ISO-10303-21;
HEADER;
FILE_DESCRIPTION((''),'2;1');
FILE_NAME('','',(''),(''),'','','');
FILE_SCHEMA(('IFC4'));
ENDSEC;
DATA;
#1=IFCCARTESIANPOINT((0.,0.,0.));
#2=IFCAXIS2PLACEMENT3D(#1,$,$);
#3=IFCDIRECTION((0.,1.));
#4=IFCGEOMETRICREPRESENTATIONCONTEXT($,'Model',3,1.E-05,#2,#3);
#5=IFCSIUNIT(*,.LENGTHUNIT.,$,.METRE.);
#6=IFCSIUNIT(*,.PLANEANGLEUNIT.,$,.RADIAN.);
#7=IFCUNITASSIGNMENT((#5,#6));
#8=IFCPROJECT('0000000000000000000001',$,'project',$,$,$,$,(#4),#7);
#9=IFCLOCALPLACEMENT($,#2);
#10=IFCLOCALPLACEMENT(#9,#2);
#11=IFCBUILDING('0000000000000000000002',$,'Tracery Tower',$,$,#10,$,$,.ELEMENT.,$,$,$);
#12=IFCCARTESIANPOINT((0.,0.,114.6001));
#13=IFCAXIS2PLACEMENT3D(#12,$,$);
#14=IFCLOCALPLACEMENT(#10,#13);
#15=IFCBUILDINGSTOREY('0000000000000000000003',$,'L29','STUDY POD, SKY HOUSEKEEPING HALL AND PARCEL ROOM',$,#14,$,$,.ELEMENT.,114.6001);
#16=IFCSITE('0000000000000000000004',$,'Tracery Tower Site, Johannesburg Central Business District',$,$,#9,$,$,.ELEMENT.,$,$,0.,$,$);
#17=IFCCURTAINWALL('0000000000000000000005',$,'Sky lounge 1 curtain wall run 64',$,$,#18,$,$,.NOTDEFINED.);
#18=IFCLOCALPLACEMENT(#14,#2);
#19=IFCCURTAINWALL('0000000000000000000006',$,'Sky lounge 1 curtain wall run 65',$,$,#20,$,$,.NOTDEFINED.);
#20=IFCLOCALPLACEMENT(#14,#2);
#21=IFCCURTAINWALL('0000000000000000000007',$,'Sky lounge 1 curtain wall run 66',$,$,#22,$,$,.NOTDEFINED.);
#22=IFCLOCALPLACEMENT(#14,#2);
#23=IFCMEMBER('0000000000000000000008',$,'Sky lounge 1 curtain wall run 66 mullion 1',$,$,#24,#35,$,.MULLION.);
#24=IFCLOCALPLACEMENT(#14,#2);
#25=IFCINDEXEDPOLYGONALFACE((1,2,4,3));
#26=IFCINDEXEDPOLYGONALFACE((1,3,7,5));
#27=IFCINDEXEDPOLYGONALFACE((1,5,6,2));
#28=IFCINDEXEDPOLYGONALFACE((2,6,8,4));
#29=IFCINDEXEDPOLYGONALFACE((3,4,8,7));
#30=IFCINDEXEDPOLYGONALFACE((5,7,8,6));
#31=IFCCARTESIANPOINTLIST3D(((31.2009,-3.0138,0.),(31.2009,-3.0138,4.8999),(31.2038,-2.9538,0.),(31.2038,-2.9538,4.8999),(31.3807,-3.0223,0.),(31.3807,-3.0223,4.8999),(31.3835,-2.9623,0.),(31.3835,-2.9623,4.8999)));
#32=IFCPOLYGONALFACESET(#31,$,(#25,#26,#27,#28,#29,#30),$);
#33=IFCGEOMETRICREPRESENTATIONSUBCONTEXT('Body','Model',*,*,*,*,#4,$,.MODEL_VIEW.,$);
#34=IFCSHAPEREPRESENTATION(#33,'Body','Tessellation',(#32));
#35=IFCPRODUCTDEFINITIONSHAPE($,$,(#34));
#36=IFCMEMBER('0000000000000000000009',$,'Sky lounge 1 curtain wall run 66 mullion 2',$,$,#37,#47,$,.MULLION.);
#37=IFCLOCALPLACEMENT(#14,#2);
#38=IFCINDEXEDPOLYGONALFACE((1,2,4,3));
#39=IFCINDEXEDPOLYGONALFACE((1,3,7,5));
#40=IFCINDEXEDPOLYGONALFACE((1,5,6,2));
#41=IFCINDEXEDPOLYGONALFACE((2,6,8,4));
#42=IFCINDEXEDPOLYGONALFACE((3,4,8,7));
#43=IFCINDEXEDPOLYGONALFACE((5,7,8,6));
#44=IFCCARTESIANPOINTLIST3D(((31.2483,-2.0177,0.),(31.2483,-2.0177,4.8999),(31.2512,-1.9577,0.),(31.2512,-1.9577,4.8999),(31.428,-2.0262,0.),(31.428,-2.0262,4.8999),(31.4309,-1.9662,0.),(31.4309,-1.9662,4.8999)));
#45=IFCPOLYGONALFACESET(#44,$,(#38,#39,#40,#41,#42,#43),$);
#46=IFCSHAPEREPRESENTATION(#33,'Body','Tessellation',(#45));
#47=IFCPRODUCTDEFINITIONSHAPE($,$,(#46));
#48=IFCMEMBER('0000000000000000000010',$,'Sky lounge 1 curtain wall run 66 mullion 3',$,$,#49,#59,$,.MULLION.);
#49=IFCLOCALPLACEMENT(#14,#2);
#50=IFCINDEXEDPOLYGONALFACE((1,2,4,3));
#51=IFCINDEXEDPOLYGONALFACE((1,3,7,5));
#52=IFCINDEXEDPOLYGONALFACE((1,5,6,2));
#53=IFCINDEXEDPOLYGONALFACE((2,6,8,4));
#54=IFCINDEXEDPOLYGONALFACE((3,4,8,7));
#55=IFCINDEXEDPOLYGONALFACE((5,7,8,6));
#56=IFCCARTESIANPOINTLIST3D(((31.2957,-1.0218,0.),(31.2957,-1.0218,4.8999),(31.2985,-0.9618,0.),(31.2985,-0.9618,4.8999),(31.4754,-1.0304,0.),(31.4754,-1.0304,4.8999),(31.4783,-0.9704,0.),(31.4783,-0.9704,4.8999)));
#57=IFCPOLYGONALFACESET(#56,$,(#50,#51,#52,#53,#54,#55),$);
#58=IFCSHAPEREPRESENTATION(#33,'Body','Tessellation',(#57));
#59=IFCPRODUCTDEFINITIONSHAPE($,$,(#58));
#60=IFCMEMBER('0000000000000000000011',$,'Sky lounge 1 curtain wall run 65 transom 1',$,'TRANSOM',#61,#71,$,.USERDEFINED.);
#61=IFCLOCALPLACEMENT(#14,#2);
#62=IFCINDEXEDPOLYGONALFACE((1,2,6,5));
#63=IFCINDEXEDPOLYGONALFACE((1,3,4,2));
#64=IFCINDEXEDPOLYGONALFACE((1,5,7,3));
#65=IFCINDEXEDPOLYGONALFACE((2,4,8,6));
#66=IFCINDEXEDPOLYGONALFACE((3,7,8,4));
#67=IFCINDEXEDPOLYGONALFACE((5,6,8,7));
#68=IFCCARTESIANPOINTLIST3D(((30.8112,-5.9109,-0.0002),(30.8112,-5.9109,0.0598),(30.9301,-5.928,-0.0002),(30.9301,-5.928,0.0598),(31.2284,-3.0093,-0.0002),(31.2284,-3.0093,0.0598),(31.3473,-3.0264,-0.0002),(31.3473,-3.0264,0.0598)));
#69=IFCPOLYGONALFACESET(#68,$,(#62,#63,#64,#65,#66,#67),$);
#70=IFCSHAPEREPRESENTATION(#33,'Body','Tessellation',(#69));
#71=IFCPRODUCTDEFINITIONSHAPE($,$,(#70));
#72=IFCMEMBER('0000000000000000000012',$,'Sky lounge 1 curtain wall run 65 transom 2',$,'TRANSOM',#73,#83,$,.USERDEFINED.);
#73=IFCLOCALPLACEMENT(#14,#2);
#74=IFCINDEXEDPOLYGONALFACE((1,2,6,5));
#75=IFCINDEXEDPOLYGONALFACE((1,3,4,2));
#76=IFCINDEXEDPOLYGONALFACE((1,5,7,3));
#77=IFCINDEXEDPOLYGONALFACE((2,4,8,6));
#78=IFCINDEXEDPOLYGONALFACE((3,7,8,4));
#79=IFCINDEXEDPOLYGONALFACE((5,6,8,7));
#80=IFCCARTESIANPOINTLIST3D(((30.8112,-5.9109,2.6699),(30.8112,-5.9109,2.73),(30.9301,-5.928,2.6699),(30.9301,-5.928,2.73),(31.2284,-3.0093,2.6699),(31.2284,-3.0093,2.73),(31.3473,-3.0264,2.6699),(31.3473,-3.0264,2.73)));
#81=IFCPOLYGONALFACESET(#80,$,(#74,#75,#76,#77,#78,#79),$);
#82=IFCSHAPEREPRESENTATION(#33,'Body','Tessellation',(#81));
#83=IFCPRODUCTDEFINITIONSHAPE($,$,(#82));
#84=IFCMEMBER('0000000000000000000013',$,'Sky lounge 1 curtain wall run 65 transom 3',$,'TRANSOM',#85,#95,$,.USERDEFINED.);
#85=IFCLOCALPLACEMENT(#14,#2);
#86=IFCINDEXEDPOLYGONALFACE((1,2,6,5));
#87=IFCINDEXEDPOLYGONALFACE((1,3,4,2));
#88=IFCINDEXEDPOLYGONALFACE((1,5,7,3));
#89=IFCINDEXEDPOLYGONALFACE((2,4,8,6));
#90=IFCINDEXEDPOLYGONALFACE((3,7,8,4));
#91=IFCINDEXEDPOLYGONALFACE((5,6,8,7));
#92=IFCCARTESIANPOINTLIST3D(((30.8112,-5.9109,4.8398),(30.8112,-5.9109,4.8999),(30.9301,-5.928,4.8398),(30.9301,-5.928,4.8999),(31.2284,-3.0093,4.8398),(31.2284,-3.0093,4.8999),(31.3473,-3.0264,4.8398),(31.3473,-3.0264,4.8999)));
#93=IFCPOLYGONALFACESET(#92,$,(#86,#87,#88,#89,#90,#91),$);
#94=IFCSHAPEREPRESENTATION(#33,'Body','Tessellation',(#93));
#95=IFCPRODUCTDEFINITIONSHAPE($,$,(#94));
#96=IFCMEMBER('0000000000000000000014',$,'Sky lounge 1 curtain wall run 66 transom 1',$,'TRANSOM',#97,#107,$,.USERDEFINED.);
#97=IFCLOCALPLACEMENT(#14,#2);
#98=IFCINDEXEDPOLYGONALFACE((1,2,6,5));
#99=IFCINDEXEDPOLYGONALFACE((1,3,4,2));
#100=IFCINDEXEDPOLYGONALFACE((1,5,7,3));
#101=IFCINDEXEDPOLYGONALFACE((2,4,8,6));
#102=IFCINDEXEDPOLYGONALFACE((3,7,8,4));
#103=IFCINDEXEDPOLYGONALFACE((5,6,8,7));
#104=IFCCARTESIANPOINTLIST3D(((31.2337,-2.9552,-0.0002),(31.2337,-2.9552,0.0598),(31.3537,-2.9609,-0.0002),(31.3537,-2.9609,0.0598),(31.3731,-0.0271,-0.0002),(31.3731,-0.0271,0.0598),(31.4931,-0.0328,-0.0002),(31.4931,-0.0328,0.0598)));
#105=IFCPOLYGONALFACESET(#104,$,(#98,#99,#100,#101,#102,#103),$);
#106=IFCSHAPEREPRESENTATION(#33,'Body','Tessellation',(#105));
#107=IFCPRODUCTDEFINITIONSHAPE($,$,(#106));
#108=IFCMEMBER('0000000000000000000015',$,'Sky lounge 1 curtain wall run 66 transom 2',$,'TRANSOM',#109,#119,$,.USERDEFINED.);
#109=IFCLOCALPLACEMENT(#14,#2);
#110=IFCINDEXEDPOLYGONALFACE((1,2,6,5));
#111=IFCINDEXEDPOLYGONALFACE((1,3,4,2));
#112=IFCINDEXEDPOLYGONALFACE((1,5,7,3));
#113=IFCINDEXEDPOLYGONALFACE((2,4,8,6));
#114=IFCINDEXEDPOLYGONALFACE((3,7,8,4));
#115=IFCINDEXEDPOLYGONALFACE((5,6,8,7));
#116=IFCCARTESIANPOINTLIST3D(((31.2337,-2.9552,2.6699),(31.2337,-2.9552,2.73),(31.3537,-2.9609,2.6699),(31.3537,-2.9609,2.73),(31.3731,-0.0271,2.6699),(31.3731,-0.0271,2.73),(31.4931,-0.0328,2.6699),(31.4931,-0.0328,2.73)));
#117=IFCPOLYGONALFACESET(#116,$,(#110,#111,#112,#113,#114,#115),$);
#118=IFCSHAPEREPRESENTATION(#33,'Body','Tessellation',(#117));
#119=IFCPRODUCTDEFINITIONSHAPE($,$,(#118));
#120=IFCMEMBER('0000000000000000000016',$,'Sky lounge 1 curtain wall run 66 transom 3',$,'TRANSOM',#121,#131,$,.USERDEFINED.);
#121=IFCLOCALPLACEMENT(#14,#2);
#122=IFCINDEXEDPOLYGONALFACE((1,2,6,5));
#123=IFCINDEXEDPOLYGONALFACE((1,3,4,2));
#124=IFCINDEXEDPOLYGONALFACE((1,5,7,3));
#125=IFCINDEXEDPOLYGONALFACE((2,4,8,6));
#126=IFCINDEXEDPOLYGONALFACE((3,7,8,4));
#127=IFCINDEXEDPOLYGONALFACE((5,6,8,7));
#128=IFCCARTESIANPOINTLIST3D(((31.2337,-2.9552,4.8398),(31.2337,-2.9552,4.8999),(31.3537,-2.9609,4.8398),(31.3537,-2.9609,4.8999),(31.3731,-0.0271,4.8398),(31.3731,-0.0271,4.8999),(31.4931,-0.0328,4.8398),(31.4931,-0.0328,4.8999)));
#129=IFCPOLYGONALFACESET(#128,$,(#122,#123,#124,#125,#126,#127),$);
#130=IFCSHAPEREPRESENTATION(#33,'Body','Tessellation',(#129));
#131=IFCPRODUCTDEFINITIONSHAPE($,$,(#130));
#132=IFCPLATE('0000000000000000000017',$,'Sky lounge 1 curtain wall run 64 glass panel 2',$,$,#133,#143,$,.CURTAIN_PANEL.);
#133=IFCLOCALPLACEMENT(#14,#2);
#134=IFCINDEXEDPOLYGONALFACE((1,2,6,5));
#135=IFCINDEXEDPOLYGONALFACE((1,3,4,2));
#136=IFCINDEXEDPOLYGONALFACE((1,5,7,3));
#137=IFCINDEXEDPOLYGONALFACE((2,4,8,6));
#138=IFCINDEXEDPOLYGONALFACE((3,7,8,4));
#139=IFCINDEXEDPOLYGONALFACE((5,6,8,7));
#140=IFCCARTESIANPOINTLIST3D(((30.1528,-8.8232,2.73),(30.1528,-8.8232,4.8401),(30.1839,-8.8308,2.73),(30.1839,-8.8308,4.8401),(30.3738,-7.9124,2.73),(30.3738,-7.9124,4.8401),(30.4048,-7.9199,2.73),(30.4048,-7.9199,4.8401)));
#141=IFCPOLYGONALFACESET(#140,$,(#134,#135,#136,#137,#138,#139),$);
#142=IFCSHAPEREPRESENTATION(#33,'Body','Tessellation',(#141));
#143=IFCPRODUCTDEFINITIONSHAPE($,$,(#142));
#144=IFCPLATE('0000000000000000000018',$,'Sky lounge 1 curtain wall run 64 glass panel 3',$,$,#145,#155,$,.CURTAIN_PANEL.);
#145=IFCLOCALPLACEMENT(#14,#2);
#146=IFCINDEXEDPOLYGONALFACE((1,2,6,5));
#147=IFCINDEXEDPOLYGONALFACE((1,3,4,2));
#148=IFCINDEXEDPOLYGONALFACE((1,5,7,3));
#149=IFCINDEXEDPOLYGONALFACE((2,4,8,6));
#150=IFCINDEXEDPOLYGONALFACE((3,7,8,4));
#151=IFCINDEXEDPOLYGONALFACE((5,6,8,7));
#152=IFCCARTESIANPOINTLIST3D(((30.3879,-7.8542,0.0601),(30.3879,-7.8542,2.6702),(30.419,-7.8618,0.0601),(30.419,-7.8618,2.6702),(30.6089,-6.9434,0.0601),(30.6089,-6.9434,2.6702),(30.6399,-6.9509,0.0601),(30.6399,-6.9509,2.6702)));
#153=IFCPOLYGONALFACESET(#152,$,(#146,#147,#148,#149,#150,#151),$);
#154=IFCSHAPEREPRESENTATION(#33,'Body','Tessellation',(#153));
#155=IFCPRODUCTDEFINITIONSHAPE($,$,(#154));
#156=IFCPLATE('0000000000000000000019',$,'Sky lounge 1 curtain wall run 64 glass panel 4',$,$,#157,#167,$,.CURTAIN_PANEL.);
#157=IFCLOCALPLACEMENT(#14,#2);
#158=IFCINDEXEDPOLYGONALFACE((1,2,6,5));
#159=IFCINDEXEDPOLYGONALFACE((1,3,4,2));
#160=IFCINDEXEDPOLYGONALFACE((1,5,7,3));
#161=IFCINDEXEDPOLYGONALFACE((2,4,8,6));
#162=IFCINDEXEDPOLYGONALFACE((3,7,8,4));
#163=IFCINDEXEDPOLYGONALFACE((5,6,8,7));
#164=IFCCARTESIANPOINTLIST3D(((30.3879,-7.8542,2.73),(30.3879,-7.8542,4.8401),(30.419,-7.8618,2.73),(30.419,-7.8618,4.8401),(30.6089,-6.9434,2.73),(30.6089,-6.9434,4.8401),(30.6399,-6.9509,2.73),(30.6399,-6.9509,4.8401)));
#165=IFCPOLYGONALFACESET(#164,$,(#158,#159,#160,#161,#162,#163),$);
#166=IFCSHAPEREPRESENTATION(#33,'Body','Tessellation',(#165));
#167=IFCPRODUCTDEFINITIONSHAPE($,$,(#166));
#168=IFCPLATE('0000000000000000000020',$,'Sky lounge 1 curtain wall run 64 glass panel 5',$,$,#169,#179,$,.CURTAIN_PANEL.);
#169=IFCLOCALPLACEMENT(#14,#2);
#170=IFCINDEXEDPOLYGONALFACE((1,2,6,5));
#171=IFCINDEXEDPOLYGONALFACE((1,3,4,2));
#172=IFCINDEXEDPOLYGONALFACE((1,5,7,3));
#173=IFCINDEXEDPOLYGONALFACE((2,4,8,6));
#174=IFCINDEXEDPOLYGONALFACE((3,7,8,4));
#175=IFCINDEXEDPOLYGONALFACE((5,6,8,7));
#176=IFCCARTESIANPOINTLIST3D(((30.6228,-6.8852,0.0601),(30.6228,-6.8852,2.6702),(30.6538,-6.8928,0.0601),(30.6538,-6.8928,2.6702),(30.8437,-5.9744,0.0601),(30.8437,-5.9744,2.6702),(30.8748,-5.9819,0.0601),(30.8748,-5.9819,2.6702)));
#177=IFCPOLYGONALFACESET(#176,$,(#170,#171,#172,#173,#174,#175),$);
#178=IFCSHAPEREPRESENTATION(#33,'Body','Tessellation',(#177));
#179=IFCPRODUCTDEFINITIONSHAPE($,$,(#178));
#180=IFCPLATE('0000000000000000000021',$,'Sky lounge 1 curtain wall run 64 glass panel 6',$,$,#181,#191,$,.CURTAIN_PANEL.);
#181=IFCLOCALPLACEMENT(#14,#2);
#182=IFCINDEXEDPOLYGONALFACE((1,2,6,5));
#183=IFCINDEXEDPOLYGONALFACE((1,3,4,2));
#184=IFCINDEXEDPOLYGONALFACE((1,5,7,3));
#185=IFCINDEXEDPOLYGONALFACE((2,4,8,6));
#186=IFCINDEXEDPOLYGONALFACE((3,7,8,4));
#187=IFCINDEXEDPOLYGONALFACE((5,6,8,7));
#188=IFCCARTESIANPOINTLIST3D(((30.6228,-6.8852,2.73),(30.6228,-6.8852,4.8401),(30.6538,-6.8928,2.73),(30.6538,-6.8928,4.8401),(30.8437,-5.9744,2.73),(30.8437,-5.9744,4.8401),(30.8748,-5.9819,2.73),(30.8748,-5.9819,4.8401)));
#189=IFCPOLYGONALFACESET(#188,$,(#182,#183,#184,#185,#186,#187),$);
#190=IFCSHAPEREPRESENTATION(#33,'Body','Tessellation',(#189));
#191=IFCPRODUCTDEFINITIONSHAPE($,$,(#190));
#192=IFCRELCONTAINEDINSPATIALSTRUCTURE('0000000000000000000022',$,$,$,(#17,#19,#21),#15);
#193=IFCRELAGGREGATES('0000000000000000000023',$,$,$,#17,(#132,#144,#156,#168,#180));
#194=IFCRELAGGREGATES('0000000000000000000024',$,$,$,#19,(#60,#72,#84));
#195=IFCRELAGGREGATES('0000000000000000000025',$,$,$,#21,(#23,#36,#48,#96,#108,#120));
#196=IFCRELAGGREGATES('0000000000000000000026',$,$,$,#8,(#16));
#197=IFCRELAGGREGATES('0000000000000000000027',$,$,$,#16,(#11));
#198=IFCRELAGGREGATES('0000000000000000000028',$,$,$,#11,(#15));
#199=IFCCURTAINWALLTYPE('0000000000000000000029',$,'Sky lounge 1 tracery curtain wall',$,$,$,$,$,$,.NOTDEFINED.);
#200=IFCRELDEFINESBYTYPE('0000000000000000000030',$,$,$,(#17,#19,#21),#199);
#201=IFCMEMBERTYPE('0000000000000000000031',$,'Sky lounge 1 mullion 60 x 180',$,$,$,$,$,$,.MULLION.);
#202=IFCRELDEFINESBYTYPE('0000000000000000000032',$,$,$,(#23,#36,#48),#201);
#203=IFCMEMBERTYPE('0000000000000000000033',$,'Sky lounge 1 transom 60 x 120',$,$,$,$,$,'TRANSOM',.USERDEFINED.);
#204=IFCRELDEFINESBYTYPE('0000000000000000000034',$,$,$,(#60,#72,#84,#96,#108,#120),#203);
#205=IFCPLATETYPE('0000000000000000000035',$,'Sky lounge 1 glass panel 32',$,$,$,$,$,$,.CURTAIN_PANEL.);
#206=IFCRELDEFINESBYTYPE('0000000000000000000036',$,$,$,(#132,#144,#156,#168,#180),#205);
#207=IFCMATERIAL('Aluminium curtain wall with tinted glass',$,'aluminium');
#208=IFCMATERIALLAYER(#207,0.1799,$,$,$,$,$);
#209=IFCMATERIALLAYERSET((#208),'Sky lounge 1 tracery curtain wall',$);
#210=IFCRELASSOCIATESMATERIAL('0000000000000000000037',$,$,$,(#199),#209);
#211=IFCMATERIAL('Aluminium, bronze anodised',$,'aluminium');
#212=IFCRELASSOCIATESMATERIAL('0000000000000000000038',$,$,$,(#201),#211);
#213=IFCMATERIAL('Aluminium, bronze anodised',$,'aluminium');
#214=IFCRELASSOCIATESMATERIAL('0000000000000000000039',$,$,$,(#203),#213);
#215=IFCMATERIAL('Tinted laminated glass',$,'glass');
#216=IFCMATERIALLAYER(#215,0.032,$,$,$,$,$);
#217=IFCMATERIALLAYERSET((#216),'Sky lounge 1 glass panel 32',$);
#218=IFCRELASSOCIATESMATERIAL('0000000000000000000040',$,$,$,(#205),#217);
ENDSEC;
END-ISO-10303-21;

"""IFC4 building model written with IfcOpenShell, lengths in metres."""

from ifc_helpers import new_model, si_unit, direction, frame, origin, origin_2d, place, context, subcontext, project, spatial, rectangle, extrude, material, layer, layer_set, material_profile, profile_set, type_object, element, aggregate, save


model = new_model("IFC4")

# Units and contexts
model_context = context("Model", 3, precision=1e-05, world=origin(), true_north=direction((0.0, 1.0)))
body_context = subcontext(model_context, "Body", "Model", "MODEL_VIEW")
ifc_project = project(units=[si_unit("LENGTHUNIT", "METRE"), si_unit("PLANEANGLEUNIT", "RADIAN")], contexts=[model_context])

# Site, building, storey
site_placement = place(None, origin())
site = spatial("IfcSite", under=ifc_project, at=site_placement, Name="Tracery Tower Site, Johannesburg Central Business District", CompositionType="ELEMENT", RefElevation=0.0)
building_placement = place(site_placement, origin())
building = spatial("IfcBuilding", under=site, at=building_placement, Name="Tracery Tower", CompositionType="ELEMENT")
storey_placement = place(building_placement, frame((0.0, 0.0, 114.6001)))
storey = spatial("IfcBuildingStorey", under=building, at=storey_placement, Name="L29", Description="STUDY POD, SKY HOUSEKEEPING HALL AND PARCEL ROOM", CompositionType="ELEMENT", Elevation=114.6001)

# Curtain walls, members
ifc_material_1 = material(Name="Aluminium curtain wall with tinted glass", Category="aluminium")
ifc_layer_1 = layer(ifc_material_1, 0.1799)
ifc_layer_set_1 = layer_set([ifc_layer_1], Name="Sky lounge 1 tracery curtain wall")
curtain_wall_type = type_object("IfcCurtainWallType", Name="Sky lounge 1 tracery curtain wall", PredefinedType="NOTDEFINED", material=ifc_layer_set_1)
curtain_wall_1_placement = place(storey_placement, origin())
curtain_wall_1 = element("IfcCurtainWall", 1, at=curtain_wall_1_placement, inside=storey, type_object=curtain_wall_type, Name="Sky lounge 1 curtain wall run 64", PredefinedType="NOTDEFINED")
ifc_material_2 = material(Name="Aluminium, bronze anodised", Category="aluminium")
ifc_material_profile_1 = material_profile(ifc_material_2, rectangle(XDim=0.1799, YDim=0.0601, at=origin_2d()), Name="AL 60x180")
ifc_profile_set_1 = profile_set([ifc_material_profile_1], Name="Aluminium, bronze anodised")
member_type_1 = type_object("IfcMemberType", Name="Sky lounge 1 mullion 60 x 180", PredefinedType="MULLION", material=ifc_profile_set_1)
curtain_wall_2_placement = place(storey_placement, origin())
curtain_wall_2 = element("IfcCurtainWall", 2, at=curtain_wall_2_placement, inside=storey, type_object=curtain_wall_type, Name="Sky lounge 1 curtain wall run 65", PredefinedType="NOTDEFINED")
curtain_wall_3_placement = place(storey_placement, origin())
curtain_wall_3 = element("IfcCurtainWall", 3, at=curtain_wall_3_placement, inside=storey, type_object=curtain_wall_type, Name="Sky lounge 1 curtain wall run 66", PredefinedType="NOTDEFINED")
member_1_placement = place(storey_placement, frame((31.2922, -2.988, 0.0), z_axis=(0.0, 0.0, 1.0), x_axis=(-0.998867, 0.047582, 0.0)))
member_1 = element("IfcMember", 4, at=member_1_placement, type_object=member_type_1, Name="Sky lounge 1 curtain wall run 66 mullion 1", PredefinedType="MULLION", context=body_context, shape_type="SweptSolid", body=[
    extrude(rectangle(XDim=0.1799, YDim=0.0601, at=origin_2d()), origin(), (0.0, 0.0, 1.0), 4.8999),
])
member_2_placement = place(storey_placement, frame((31.3396, -1.9919, 0.0), z_axis=(0.0, 0.0, 1.0), x_axis=(-0.998867, 0.047582, 0.0)))
member_2 = element("IfcMember", 5, at=member_2_placement, type_object=member_type_1, Name="Sky lounge 1 curtain wall run 66 mullion 2", PredefinedType="MULLION", context=body_context, shape_type="SweptSolid", body=[
    extrude(rectangle(XDim=0.1799, YDim=0.0601, at=origin_2d()), origin(), (0.0, 0.0, 1.0), 4.8999),
])
member_3_placement = place(storey_placement, frame((31.387, -0.9961, 0.0), z_axis=(0.0, 0.0, 1.0), x_axis=(-0.998867, 0.047582, 0.0)))
member_3 = element("IfcMember", 6, at=member_3_placement, type_object=member_type_1, Name="Sky lounge 1 curtain wall run 66 mullion 3", PredefinedType="MULLION", context=body_context, shape_type="SweptSolid", body=[
    extrude(rectangle(XDim=0.1799, YDim=0.0601, at=origin_2d()), origin(), (0.0, 0.0, 1.0), 4.8999),
])

# Members
ifc_material_3 = material(Name="Aluminium, bronze anodised", Category="aluminium")
ifc_material_profile_2 = material_profile(ifc_material_3, rectangle(XDim=0.1201, YDim=0.0601, at=origin_2d()), Name="AL 60x120")
ifc_profile_set_2 = profile_set([ifc_material_profile_2], Name="Aluminium, bronze anodised")
member_type_2 = type_object("IfcMemberType", Name="Sky lounge 1 transom 60 x 120", ElementType="TRANSOM", PredefinedType="USERDEFINED", material=ifc_profile_set_2)
member_4_placement = place(storey_placement, frame((30.8706, -5.9194, 0.0298), z_axis=(0.142331, 0.989819, 0.0), x_axis=(-0.989819, 0.142331, 0.0)))
member_4 = element("IfcMember", 7, at=member_4_placement, type_object=member_type_2, Name="Sky lounge 1 curtain wall run 65 transom 1", ObjectType="TRANSOM", PredefinedType="USERDEFINED", context=body_context, shape_type="SweptSolid", body=[
    extrude(rectangle(XDim=0.1201, YDim=0.0601, at=origin_2d()), origin(), (0.0, 0.0, 1.0), 2.9314),
])
member_5_placement = place(storey_placement, frame((30.8706, -5.9194, 2.7), z_axis=(0.142331, 0.989819, 0.0), x_axis=(-0.989819, 0.142331, 0.0)))
member_5 = element("IfcMember", 8, at=member_5_placement, type_object=member_type_2, Name="Sky lounge 1 curtain wall run 65 transom 2", ObjectType="TRANSOM", PredefinedType="USERDEFINED", context=body_context, shape_type="SweptSolid", body=[
    extrude(rectangle(XDim=0.1201, YDim=0.0601, at=origin_2d()), origin(), (0.0, 0.0, 1.0), 2.9314),
])
member_6_placement = place(storey_placement, frame((30.8706, -5.9194, 4.8699), z_axis=(0.142331, 0.989819, 0.0), x_axis=(-0.989819, 0.142331, 0.0)))
member_6 = element("IfcMember", 9, at=member_6_placement, type_object=member_type_2, Name="Sky lounge 1 curtain wall run 65 transom 3", ObjectType="TRANSOM", PredefinedType="USERDEFINED", context=body_context, shape_type="SweptSolid", body=[
    extrude(rectangle(XDim=0.1201, YDim=0.0601, at=origin_2d()), origin(), (0.0, 0.0, 1.0), 2.9314),
])
member_7_placement = place(storey_placement, frame((31.2937, -2.958, 0.0298), z_axis=(0.047557, 0.998869, 0.0), x_axis=(-0.998869, 0.047557, 0.0)))
member_7 = element("IfcMember", 10, at=member_7_placement, type_object=member_type_2, Name="Sky lounge 1 curtain wall run 66 transom 1", ObjectType="TRANSOM", PredefinedType="USERDEFINED", context=body_context, shape_type="SweptSolid", body=[
    extrude(rectangle(XDim=0.1201, YDim=0.0601, at=origin_2d()), origin(), (0.0, 0.0, 1.0), 2.9314),
])
member_8_placement = place(storey_placement, frame((31.2937, -2.958, 2.7), z_axis=(0.047557, 0.998869, 0.0), x_axis=(-0.998869, 0.047557, 0.0)))
member_8 = element("IfcMember", 11, at=member_8_placement, type_object=member_type_2, Name="Sky lounge 1 curtain wall run 66 transom 2", ObjectType="TRANSOM", PredefinedType="USERDEFINED", context=body_context, shape_type="SweptSolid", body=[
    extrude(rectangle(XDim=0.1201, YDim=0.0601, at=origin_2d()), origin(), (0.0, 0.0, 1.0), 2.9314),
])
member_9_placement = place(storey_placement, frame((31.2937, -2.958, 4.8699), z_axis=(0.047557, 0.998869, 0.0), x_axis=(-0.998869, 0.047557, 0.0)))
member_9 = element("IfcMember", 12, at=member_9_placement, type_object=member_type_2, Name="Sky lounge 1 curtain wall run 66 transom 3", ObjectType="TRANSOM", PredefinedType="USERDEFINED", context=body_context, shape_type="SweptSolid", body=[
    extrude(rectangle(XDim=0.1201, YDim=0.0601, at=origin_2d()), origin(), (0.0, 0.0, 1.0), 2.9314),
])

# Plates
ifc_material_4 = material(Name="Tinted laminated glass", Category="glass")
ifc_layer_2 = layer(ifc_material_4, 0.032)
ifc_layer_set_2 = layer_set([ifc_layer_2], Name="Sky lounge 1 glass panel 32")
plate_type = type_object("IfcPlateType", Name="Sky lounge 1 glass panel 32", PredefinedType="CURTAIN_PANEL", material=ifc_layer_set_2)
plate_1_placement = place(storey_placement, frame((30.2788, -8.3716, 2.73), z_axis=(0.0, 0.0, 1.0), x_axis=(0.235759, 0.971812, 0.0)))
plate_1 = element("IfcPlate", 13, at=plate_1_placement, type_object=plate_type, Name="Sky lounge 1 curtain wall run 64 glass panel 2", PredefinedType="CURTAIN_PANEL", context=body_context, shape_type="SweptSolid", body=[
    extrude(rectangle(XDim=0.9373, YDim=0.032, at=origin_2d()), origin(), (0.0, 0.0, 1.0), 2.1101),
])
plate_2_placement = place(storey_placement, frame((30.5139, -7.4026, 0.0601), z_axis=(0.0, 0.0, 1.0), x_axis=(0.235759, 0.971812, 0.0)))
plate_2 = element("IfcPlate", 14, at=plate_2_placement, type_object=plate_type, Name="Sky lounge 1 curtain wall run 64 glass panel 3", PredefinedType="CURTAIN_PANEL", context=body_context, shape_type="SweptSolid", body=[
    extrude(rectangle(XDim=0.9373, YDim=0.032, at=origin_2d()), origin(), (0.0, 0.0, 1.0), 2.6101),
])
plate_3_placement = place(storey_placement, frame((30.5139, -7.4026, 2.73), z_axis=(0.0, 0.0, 1.0), x_axis=(0.235759, 0.971812, 0.0)))
plate_3 = element("IfcPlate", 15, at=plate_3_placement, type_object=plate_type, Name="Sky lounge 1 curtain wall run 64 glass panel 4", PredefinedType="CURTAIN_PANEL", context=body_context, shape_type="SweptSolid", body=[
    extrude(rectangle(XDim=0.9373, YDim=0.032, at=origin_2d()), origin(), (0.0, 0.0, 1.0), 2.1101),
])
plate_4_placement = place(storey_placement, frame((30.7488, -6.4336, 0.0601), z_axis=(0.0, 0.0, 1.0), x_axis=(0.235759, 0.971812, 0.0)))
plate_4 = element("IfcPlate", 16, at=plate_4_placement, type_object=plate_type, Name="Sky lounge 1 curtain wall run 64 glass panel 5", PredefinedType="CURTAIN_PANEL", context=body_context, shape_type="SweptSolid", body=[
    extrude(rectangle(XDim=0.9373, YDim=0.032, at=origin_2d()), origin(), (0.0, 0.0, 1.0), 2.6101),
])
plate_5_placement = place(storey_placement, frame((30.7488, -6.4336, 2.73), z_axis=(0.0, 0.0, 1.0), x_axis=(0.235759, 0.971812, 0.0)))
plate_5 = element("IfcPlate", 17, at=plate_5_placement, type_object=plate_type, Name="Sky lounge 1 curtain wall run 64 glass panel 6", PredefinedType="CURTAIN_PANEL", context=body_context, shape_type="SweptSolid", body=[
    extrude(rectangle(XDim=0.9373, YDim=0.032, at=origin_2d()), origin(), (0.0, 0.0, 1.0), 2.1101),
])
aggregate(curtain_wall_1, [plate_1, plate_2, plate_3, plate_4, plate_5])
aggregate(curtain_wall_2, [member_4, member_5, member_6])
aggregate(curtain_wall_3, [member_1, member_2, member_3, member_7, member_8, member_9])

save(model, "model.ifc")
